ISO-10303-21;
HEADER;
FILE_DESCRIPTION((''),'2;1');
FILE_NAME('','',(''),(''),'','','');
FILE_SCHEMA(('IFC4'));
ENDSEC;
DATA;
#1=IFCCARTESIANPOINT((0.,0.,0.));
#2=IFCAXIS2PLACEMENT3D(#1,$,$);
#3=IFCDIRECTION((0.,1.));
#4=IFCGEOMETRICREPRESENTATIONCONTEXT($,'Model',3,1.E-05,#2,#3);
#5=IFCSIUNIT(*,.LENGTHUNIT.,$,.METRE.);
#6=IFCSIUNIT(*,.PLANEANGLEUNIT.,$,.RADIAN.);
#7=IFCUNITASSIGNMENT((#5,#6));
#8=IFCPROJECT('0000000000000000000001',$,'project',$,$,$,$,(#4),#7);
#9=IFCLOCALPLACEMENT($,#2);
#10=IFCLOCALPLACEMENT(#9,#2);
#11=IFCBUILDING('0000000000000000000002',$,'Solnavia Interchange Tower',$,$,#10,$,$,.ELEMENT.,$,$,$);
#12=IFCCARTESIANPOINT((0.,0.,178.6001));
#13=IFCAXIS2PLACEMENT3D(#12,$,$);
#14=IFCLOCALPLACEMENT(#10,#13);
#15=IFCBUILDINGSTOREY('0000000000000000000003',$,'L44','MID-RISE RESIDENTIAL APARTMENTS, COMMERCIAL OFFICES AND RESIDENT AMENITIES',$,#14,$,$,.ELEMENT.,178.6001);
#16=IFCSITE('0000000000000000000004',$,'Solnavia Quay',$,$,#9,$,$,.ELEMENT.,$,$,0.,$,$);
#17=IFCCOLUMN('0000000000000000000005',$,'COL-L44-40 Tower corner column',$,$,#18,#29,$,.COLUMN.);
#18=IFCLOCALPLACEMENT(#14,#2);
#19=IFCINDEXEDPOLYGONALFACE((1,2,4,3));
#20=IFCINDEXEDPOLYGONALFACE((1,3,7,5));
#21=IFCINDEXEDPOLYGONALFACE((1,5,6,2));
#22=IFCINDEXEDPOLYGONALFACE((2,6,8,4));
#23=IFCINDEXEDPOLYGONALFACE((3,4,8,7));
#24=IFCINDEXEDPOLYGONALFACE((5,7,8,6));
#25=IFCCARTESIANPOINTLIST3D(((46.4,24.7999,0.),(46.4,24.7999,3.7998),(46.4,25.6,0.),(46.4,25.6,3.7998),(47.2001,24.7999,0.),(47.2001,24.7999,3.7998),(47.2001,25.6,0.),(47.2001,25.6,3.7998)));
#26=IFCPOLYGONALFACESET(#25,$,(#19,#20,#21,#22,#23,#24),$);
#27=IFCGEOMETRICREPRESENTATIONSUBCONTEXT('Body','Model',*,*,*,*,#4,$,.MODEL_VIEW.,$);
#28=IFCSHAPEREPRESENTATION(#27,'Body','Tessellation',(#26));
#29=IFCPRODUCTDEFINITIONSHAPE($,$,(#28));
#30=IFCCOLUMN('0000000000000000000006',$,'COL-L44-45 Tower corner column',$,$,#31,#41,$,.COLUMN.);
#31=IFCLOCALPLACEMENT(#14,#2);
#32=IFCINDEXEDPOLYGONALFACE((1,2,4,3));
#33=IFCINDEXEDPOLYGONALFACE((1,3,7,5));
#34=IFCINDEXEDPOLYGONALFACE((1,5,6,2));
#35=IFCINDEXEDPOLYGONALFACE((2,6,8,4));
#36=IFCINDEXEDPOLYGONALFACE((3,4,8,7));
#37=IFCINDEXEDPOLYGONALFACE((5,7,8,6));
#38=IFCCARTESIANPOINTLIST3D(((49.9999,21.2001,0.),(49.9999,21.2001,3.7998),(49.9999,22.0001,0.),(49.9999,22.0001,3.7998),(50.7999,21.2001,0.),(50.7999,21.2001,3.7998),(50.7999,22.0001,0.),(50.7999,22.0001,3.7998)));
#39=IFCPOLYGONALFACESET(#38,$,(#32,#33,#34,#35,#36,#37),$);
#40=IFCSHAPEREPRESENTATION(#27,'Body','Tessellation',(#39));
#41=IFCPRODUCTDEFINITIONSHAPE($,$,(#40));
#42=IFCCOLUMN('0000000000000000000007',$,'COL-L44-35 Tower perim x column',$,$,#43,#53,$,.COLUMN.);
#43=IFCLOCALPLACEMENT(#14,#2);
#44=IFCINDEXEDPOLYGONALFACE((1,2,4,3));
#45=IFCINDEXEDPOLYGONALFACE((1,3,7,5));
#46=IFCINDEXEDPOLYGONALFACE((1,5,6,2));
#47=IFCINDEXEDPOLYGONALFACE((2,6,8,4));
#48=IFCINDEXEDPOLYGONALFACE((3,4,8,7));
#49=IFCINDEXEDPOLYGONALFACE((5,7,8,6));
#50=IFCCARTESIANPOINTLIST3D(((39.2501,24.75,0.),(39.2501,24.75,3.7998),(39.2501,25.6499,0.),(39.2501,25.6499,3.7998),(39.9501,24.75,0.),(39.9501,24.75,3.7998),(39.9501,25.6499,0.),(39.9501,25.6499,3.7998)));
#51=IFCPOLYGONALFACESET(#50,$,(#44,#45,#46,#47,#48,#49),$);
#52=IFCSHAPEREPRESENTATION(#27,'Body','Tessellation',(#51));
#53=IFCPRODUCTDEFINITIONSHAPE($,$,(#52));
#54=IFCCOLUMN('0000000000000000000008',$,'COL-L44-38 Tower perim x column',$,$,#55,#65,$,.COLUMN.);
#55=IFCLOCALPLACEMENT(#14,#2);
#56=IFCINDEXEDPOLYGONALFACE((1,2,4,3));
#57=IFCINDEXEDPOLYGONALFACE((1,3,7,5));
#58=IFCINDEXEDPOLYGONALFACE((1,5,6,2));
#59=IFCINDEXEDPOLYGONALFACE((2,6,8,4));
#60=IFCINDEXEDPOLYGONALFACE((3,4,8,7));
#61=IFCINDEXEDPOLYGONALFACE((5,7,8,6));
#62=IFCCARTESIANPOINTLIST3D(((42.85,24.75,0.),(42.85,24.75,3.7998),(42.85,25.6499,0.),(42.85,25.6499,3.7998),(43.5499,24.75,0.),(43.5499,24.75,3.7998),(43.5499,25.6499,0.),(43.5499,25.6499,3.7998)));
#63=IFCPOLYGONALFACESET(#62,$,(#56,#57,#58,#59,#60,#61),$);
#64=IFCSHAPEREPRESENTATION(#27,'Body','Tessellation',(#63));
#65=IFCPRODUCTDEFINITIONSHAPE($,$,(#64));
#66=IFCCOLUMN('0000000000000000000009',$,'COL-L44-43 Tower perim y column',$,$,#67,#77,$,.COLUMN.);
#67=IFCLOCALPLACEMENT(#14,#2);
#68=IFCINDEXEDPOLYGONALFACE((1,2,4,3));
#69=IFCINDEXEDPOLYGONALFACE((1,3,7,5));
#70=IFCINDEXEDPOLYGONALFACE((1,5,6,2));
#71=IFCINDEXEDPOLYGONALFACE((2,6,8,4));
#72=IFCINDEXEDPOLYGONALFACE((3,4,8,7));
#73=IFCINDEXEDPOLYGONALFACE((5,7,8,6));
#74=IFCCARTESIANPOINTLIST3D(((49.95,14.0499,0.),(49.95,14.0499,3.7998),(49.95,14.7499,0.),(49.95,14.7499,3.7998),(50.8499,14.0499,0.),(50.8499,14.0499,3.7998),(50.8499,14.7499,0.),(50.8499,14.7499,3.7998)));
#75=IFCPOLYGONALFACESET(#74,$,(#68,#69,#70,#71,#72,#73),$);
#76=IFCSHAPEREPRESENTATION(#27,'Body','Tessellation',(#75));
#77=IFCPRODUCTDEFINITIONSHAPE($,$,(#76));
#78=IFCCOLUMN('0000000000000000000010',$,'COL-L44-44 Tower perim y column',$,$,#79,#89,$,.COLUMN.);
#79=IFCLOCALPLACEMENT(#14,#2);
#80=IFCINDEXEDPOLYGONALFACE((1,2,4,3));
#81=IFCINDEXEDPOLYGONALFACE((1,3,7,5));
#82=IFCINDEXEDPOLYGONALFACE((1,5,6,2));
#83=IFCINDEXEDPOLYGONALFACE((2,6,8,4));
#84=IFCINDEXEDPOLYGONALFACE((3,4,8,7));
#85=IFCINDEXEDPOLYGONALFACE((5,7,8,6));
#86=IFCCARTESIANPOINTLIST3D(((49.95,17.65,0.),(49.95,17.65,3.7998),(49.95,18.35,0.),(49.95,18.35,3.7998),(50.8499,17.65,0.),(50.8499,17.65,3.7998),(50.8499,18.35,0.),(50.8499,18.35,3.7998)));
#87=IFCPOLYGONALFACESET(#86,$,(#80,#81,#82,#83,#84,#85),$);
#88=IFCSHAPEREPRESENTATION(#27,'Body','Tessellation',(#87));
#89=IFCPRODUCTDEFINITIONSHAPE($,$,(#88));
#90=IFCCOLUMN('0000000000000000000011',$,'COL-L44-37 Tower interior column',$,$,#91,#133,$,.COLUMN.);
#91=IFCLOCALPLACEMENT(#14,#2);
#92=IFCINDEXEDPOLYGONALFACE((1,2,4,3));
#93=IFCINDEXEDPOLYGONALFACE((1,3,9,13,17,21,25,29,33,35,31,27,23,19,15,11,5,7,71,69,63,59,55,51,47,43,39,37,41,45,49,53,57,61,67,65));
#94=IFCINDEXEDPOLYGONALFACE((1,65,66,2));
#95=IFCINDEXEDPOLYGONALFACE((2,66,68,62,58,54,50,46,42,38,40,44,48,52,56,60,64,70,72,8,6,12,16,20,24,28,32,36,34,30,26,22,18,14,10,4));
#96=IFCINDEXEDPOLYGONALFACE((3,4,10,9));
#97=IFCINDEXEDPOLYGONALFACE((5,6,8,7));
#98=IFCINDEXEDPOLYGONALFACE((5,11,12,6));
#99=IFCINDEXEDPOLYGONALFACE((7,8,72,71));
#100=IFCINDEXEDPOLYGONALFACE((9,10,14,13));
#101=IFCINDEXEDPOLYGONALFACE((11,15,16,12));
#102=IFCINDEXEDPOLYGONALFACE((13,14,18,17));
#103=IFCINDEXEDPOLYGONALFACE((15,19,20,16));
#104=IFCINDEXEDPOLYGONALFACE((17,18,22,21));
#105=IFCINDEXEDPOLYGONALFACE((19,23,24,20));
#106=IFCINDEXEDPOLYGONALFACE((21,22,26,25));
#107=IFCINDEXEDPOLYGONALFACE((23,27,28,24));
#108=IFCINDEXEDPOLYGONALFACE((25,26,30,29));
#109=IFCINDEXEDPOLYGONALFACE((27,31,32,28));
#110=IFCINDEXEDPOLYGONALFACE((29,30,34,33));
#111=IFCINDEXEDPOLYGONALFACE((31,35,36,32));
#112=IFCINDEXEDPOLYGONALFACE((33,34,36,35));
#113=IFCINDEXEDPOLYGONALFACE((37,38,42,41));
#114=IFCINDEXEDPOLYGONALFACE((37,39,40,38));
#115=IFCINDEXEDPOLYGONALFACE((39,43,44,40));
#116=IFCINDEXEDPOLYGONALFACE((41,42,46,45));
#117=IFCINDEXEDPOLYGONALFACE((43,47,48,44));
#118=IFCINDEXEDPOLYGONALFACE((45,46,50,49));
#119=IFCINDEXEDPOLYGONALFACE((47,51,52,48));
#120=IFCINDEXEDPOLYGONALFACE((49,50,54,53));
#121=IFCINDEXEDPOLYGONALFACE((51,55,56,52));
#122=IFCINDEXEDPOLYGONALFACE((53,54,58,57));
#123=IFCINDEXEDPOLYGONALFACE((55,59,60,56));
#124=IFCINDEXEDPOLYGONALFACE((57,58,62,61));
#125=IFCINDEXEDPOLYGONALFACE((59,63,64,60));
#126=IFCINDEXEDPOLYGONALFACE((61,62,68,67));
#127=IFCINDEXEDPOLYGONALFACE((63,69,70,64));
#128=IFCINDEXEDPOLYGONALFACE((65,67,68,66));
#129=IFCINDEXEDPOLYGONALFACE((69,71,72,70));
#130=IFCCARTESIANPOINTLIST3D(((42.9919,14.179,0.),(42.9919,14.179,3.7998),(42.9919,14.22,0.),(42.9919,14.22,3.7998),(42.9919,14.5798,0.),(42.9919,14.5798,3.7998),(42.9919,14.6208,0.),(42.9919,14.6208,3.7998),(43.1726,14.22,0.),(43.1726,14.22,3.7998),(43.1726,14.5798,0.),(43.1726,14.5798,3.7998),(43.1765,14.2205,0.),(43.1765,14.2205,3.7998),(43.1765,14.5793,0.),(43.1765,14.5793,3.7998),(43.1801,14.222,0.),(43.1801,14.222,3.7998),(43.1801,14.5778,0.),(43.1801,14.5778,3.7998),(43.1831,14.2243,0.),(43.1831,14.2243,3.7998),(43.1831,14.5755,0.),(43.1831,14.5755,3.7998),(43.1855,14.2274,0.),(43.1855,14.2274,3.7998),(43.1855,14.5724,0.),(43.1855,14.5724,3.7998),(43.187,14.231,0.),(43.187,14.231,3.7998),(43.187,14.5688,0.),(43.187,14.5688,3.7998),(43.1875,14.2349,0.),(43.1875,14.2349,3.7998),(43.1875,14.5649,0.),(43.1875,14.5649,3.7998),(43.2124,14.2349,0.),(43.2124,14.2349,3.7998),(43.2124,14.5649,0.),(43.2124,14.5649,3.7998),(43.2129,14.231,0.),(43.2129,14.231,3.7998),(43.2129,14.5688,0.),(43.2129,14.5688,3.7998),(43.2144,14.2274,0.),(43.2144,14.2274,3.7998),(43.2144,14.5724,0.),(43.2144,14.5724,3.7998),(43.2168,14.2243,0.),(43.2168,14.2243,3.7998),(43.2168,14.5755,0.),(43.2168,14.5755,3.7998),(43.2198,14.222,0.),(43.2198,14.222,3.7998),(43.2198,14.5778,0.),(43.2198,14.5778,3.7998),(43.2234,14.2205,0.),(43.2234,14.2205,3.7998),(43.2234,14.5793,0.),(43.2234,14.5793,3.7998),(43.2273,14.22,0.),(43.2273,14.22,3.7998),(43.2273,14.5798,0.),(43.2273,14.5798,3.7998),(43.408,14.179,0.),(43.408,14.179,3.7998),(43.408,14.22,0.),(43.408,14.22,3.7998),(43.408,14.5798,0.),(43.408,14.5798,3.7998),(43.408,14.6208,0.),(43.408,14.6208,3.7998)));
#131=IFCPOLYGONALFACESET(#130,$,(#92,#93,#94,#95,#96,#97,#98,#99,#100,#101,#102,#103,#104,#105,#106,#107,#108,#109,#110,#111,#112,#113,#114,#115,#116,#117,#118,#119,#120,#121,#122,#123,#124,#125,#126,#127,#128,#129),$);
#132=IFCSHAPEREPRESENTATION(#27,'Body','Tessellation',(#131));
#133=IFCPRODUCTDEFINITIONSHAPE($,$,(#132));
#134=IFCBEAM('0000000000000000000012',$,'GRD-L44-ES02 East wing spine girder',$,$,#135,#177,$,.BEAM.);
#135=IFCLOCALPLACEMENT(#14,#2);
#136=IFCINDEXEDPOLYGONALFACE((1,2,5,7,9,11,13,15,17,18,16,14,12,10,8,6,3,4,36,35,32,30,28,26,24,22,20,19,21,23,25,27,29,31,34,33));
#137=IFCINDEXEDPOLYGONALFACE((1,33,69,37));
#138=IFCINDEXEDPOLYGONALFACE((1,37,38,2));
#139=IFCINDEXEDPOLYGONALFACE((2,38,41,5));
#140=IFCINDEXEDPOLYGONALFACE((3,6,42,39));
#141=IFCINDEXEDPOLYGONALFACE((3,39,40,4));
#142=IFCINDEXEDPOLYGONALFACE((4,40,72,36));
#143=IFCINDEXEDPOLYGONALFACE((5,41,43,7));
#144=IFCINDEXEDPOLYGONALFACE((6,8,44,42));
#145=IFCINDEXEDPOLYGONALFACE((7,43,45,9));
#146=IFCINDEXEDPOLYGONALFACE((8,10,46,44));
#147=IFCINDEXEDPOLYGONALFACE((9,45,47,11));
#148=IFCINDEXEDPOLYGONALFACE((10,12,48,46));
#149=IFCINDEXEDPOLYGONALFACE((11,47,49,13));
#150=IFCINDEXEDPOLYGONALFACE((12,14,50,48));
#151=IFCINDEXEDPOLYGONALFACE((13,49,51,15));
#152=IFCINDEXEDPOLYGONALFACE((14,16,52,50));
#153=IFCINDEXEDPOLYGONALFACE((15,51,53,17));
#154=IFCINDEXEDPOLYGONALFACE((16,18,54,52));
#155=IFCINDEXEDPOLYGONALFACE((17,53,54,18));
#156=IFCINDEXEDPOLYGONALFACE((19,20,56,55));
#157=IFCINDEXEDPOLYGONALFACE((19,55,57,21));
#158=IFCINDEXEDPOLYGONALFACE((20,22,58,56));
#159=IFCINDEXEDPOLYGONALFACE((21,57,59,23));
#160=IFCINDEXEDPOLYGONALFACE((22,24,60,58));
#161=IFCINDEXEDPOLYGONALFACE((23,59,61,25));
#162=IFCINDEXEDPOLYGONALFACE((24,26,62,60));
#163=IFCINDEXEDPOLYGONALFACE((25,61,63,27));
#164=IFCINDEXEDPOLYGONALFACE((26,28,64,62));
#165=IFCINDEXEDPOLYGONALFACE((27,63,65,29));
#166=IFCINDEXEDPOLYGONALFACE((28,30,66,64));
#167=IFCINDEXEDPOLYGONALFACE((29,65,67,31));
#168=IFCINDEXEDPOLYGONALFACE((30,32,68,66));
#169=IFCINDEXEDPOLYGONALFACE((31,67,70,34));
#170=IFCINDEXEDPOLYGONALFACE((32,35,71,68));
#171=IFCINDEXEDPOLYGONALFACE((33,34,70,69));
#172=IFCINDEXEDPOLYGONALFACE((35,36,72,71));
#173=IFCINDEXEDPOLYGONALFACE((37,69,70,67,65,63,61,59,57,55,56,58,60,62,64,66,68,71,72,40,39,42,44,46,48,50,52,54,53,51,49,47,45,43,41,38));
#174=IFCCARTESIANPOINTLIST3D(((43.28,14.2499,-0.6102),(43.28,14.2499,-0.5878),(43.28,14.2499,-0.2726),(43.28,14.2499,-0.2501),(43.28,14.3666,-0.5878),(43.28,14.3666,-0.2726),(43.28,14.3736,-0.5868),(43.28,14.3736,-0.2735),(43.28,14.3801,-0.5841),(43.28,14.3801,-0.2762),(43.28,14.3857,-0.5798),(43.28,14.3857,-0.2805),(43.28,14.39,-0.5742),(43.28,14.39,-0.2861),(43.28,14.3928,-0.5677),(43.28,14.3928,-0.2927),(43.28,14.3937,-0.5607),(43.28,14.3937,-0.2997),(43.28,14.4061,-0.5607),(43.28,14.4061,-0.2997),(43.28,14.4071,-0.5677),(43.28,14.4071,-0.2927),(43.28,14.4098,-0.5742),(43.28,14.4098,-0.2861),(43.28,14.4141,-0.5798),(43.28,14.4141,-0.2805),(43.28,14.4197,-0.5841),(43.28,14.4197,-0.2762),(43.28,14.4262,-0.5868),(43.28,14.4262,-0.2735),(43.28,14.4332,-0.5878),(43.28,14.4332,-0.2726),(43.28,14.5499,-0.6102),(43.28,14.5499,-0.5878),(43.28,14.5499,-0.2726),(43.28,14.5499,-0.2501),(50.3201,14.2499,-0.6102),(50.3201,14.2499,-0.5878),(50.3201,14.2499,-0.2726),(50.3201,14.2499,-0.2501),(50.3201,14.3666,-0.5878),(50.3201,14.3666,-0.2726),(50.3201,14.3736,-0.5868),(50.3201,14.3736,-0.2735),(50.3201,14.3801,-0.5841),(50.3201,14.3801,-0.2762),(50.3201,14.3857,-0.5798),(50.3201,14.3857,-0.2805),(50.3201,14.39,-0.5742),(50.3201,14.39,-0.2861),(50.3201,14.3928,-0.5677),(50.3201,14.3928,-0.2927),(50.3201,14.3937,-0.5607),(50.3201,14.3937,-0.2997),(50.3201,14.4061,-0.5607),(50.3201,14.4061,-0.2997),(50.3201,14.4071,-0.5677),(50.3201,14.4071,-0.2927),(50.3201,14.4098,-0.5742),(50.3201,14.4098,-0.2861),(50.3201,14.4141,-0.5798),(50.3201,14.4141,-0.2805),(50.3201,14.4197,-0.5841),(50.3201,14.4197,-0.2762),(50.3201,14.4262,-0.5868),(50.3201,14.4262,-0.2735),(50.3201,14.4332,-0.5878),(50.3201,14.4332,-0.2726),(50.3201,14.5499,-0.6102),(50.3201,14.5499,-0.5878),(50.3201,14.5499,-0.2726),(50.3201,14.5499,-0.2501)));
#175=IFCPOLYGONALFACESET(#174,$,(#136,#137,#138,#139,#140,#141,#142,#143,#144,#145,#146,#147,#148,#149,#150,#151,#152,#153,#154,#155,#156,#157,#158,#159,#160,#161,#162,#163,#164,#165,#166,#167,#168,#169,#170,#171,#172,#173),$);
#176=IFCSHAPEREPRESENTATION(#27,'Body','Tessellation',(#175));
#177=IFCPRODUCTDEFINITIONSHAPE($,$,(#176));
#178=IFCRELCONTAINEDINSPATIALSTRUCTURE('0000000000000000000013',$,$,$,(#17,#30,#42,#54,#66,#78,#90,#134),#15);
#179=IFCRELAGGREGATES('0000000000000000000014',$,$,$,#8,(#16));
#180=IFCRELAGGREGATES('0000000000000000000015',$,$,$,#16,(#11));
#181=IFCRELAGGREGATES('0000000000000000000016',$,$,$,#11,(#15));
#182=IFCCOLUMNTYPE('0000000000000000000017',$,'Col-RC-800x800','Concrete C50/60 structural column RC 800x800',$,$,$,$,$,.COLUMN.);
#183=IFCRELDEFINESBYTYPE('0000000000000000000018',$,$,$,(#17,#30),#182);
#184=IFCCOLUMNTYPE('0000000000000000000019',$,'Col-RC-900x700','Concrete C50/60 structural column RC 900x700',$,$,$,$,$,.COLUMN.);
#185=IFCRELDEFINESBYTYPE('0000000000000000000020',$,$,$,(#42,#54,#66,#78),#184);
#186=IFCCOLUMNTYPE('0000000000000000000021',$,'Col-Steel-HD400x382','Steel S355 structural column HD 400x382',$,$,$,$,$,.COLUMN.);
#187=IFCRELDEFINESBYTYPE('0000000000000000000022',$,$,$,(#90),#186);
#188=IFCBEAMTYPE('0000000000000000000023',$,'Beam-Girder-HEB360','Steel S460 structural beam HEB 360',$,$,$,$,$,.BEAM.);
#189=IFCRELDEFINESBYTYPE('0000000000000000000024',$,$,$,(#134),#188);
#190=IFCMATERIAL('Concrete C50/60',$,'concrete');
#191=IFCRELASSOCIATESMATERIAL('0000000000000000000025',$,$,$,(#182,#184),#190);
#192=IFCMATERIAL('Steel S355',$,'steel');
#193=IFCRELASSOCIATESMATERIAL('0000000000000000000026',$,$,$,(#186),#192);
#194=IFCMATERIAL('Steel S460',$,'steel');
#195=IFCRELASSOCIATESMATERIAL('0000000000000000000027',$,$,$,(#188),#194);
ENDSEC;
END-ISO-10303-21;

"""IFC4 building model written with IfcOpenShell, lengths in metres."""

from ifc_helpers import new_model, si_unit, direction, frame, origin, origin_2d, place, context, subcontext, project, spatial, rectangle, i_section, extrude, material, material_profile, profile_set, type_object, element, save


model = new_model("IFC4")

# Units and contexts
model_context = context("Model", 3, precision=1e-05, world=origin(), true_north=direction((0.0, 1.0)))
body_context = subcontext(model_context, "Body", "Model", "MODEL_VIEW")
ifc_project = project(units=[si_unit("LENGTHUNIT", "METRE"), si_unit("PLANEANGLEUNIT", "RADIAN")], contexts=[model_context])

# Site, building, storey
site_placement = place(None, origin())
site = spatial("IfcSite", under=ifc_project, at=site_placement, Name="Solnavia Quay", CompositionType="ELEMENT", RefElevation=0.0)
building_placement = place(site_placement, origin())
building = spatial("IfcBuilding", under=site, at=building_placement, Name="Solnavia Interchange Tower", CompositionType="ELEMENT")
storey_placement = place(building_placement, frame((0.0, 0.0, 178.6001)))
storey = spatial("IfcBuildingStorey", under=building, at=storey_placement, Name="L44", Description="MID-RISE RESIDENTIAL APARTMENTS, COMMERCIAL OFFICES AND RESIDENT AMENITIES", CompositionType="ELEMENT", Elevation=178.6001)

# Columns
ifc_material_1 = material(Name="Concrete C50/60", Category="concrete")
ifc_material_profile_1 = material_profile(ifc_material_1, rectangle(XDim=0.8, YDim=0.8, at=origin_2d()), Name="RC 800x800")
ifc_profile_set_1 = profile_set([ifc_material_profile_1], Name="Concrete C50/60")
column_type_1 = type_object("IfcColumnType", Name="Col-RC-800x800", Description="Concrete C50/60 structural column RC 800x800", PredefinedType="COLUMN", material=ifc_profile_set_1)
for number, where, z_axis, x_axis, name in (
    (1, (46.8, 25.2, 0.0), (0.0, 0.0, 1.0), (1.0, 0.0, 0.0), "COL-L44-40 Tower corner column"),
    (2, (50.3999, 21.6001, 0.0), (0.0, 0.0, 1.0), (0.0, 1.0, 0.0), "COL-L44-45 Tower corner column"),
):
    element("IfcColumn", number, at=place(storey_placement, frame(where, z_axis=z_axis, x_axis=x_axis)), inside=storey, type_object=column_type_1, Name=name, PredefinedType="COLUMN", context=body_context, shape_type="SweptSolid", body=[
        extrude(rectangle(XDim=0.8, YDim=0.8, at=origin_2d()), origin(), (0.0, 0.0, 1.0), 3.7998),
    ])
ifc_material_profile_2 = material_profile(ifc_material_1, rectangle(XDim=0.7, YDim=0.8999, at=origin_2d()), Name="RC 900x700")
ifc_profile_set_2 = profile_set([ifc_material_profile_2], Name="Concrete C50/60")
column_type_2 = type_object("IfcColumnType", Name="Col-RC-900x700", Description="Concrete C50/60 structural column RC 900x700", PredefinedType="COLUMN", material=ifc_profile_set_2)
for number, where, z_axis, x_axis, name in (
    (3, (39.6001, 25.2, 0.0), (0.0, 0.0, 1.0), (1.0, 0.0, 0.0), "COL-L44-35 Tower perim x column"),
    (4, (43.2, 25.2, 0.0), (0.0, 0.0, 1.0), (1.0, 0.0, 0.0), "COL-L44-38 Tower perim x column"),
    (5, (50.3999, 14.3999, 0.0), (0.0, 0.0, 1.0), (0.0, 1.0, 0.0), "COL-L44-43 Tower perim y column"),
    (6, (50.3999, 18.0, 0.0), (0.0, 0.0, 1.0), (0.0, 1.0, 0.0), "COL-L44-44 Tower perim y column"),
):
    element("IfcColumn", number, at=place(storey_placement, frame(where, z_axis=z_axis, x_axis=x_axis)), inside=storey, type_object=column_type_2, Name=name, PredefinedType="COLUMN", context=body_context, shape_type="SweptSolid", body=[
        extrude(rectangle(XDim=0.7, YDim=0.8999, at=origin_2d()), origin(), (0.0, 0.0, 1.0), 3.7998),
    ])
ifc_material_2 = material(Name="Steel S355", Category="steel")
ifc_material_profile_3 = material_profile(ifc_material_2, i_section(OverallWidth=0.416, OverallDepth=0.4419, WebThickness=0.0249, FlangeThickness=0.041, FilletRadius=0.0149, at=origin_2d()), Name="HD 400x382")
ifc_profile_set_3 = profile_set([ifc_material_profile_3], Name="Steel S355")
column_type_3 = type_object("IfcColumnType", Name="Col-Steel-HD400x382", Description="Steel S355 structural column HD 400x382", PredefinedType="COLUMN", material=ifc_profile_set_3)
column_placement = place(storey_placement, frame((43.2, 14.3999, 0.0), z_axis=(0.0, 0.0, 1.0), x_axis=(1.0, 0.0, 0.0)))
element("IfcColumn", 7, at=column_placement, inside=storey, type_object=column_type_3, Name="COL-L44-37 Tower interior column", PredefinedType="COLUMN", context=body_context, shape_type="SweptSolid", body=[
    extrude(i_section(OverallWidth=0.416, OverallDepth=0.4419, WebThickness=0.0249, FlangeThickness=0.041, FilletRadius=0.0149, at=origin_2d()), origin(), (0.0, 0.0, 1.0), 3.7998),
])

# Beam
ifc_material_3 = material(Name="Steel S460", Category="steel")
ifc_material_profile_4 = material_profile(ifc_material_3, i_section(OverallWidth=0.3, OverallDepth=0.3601, WebThickness=0.0125, FlangeThickness=0.0225, FilletRadius=0.0271, at=origin_2d()), Name="HEB 360")
ifc_profile_set_4 = profile_set([ifc_material_profile_4], Name="Steel S460")
beam_type_1 = type_object("IfcBeamType", Name="Beam-Girder-HEB360", Description="Steel S460 structural beam HEB 360", PredefinedType="BEAM", material=ifc_profile_set_4)
beam_1_placement = place(storey_placement, frame((43.28, 14.3999, -0.4302), z_axis=(1.0, 0.0, 0.0), x_axis=(0.0, 1.0, 0.0)))
element("IfcBeam", 8, at=beam_1_placement, inside=storey, type_object=beam_type_1, Name="GRD-L44-ES02 East wing spine girder", PredefinedType="BEAM", context=body_context, shape_type="SweptSolid", body=[
    extrude(i_section(OverallWidth=0.3, OverallDepth=0.3601, WebThickness=0.0125, FlangeThickness=0.0225, FilletRadius=0.0271, at=origin_2d()), origin(), (0.0, 0.0, 1.0), 7.04),
])

save(model, "model.ifc")
